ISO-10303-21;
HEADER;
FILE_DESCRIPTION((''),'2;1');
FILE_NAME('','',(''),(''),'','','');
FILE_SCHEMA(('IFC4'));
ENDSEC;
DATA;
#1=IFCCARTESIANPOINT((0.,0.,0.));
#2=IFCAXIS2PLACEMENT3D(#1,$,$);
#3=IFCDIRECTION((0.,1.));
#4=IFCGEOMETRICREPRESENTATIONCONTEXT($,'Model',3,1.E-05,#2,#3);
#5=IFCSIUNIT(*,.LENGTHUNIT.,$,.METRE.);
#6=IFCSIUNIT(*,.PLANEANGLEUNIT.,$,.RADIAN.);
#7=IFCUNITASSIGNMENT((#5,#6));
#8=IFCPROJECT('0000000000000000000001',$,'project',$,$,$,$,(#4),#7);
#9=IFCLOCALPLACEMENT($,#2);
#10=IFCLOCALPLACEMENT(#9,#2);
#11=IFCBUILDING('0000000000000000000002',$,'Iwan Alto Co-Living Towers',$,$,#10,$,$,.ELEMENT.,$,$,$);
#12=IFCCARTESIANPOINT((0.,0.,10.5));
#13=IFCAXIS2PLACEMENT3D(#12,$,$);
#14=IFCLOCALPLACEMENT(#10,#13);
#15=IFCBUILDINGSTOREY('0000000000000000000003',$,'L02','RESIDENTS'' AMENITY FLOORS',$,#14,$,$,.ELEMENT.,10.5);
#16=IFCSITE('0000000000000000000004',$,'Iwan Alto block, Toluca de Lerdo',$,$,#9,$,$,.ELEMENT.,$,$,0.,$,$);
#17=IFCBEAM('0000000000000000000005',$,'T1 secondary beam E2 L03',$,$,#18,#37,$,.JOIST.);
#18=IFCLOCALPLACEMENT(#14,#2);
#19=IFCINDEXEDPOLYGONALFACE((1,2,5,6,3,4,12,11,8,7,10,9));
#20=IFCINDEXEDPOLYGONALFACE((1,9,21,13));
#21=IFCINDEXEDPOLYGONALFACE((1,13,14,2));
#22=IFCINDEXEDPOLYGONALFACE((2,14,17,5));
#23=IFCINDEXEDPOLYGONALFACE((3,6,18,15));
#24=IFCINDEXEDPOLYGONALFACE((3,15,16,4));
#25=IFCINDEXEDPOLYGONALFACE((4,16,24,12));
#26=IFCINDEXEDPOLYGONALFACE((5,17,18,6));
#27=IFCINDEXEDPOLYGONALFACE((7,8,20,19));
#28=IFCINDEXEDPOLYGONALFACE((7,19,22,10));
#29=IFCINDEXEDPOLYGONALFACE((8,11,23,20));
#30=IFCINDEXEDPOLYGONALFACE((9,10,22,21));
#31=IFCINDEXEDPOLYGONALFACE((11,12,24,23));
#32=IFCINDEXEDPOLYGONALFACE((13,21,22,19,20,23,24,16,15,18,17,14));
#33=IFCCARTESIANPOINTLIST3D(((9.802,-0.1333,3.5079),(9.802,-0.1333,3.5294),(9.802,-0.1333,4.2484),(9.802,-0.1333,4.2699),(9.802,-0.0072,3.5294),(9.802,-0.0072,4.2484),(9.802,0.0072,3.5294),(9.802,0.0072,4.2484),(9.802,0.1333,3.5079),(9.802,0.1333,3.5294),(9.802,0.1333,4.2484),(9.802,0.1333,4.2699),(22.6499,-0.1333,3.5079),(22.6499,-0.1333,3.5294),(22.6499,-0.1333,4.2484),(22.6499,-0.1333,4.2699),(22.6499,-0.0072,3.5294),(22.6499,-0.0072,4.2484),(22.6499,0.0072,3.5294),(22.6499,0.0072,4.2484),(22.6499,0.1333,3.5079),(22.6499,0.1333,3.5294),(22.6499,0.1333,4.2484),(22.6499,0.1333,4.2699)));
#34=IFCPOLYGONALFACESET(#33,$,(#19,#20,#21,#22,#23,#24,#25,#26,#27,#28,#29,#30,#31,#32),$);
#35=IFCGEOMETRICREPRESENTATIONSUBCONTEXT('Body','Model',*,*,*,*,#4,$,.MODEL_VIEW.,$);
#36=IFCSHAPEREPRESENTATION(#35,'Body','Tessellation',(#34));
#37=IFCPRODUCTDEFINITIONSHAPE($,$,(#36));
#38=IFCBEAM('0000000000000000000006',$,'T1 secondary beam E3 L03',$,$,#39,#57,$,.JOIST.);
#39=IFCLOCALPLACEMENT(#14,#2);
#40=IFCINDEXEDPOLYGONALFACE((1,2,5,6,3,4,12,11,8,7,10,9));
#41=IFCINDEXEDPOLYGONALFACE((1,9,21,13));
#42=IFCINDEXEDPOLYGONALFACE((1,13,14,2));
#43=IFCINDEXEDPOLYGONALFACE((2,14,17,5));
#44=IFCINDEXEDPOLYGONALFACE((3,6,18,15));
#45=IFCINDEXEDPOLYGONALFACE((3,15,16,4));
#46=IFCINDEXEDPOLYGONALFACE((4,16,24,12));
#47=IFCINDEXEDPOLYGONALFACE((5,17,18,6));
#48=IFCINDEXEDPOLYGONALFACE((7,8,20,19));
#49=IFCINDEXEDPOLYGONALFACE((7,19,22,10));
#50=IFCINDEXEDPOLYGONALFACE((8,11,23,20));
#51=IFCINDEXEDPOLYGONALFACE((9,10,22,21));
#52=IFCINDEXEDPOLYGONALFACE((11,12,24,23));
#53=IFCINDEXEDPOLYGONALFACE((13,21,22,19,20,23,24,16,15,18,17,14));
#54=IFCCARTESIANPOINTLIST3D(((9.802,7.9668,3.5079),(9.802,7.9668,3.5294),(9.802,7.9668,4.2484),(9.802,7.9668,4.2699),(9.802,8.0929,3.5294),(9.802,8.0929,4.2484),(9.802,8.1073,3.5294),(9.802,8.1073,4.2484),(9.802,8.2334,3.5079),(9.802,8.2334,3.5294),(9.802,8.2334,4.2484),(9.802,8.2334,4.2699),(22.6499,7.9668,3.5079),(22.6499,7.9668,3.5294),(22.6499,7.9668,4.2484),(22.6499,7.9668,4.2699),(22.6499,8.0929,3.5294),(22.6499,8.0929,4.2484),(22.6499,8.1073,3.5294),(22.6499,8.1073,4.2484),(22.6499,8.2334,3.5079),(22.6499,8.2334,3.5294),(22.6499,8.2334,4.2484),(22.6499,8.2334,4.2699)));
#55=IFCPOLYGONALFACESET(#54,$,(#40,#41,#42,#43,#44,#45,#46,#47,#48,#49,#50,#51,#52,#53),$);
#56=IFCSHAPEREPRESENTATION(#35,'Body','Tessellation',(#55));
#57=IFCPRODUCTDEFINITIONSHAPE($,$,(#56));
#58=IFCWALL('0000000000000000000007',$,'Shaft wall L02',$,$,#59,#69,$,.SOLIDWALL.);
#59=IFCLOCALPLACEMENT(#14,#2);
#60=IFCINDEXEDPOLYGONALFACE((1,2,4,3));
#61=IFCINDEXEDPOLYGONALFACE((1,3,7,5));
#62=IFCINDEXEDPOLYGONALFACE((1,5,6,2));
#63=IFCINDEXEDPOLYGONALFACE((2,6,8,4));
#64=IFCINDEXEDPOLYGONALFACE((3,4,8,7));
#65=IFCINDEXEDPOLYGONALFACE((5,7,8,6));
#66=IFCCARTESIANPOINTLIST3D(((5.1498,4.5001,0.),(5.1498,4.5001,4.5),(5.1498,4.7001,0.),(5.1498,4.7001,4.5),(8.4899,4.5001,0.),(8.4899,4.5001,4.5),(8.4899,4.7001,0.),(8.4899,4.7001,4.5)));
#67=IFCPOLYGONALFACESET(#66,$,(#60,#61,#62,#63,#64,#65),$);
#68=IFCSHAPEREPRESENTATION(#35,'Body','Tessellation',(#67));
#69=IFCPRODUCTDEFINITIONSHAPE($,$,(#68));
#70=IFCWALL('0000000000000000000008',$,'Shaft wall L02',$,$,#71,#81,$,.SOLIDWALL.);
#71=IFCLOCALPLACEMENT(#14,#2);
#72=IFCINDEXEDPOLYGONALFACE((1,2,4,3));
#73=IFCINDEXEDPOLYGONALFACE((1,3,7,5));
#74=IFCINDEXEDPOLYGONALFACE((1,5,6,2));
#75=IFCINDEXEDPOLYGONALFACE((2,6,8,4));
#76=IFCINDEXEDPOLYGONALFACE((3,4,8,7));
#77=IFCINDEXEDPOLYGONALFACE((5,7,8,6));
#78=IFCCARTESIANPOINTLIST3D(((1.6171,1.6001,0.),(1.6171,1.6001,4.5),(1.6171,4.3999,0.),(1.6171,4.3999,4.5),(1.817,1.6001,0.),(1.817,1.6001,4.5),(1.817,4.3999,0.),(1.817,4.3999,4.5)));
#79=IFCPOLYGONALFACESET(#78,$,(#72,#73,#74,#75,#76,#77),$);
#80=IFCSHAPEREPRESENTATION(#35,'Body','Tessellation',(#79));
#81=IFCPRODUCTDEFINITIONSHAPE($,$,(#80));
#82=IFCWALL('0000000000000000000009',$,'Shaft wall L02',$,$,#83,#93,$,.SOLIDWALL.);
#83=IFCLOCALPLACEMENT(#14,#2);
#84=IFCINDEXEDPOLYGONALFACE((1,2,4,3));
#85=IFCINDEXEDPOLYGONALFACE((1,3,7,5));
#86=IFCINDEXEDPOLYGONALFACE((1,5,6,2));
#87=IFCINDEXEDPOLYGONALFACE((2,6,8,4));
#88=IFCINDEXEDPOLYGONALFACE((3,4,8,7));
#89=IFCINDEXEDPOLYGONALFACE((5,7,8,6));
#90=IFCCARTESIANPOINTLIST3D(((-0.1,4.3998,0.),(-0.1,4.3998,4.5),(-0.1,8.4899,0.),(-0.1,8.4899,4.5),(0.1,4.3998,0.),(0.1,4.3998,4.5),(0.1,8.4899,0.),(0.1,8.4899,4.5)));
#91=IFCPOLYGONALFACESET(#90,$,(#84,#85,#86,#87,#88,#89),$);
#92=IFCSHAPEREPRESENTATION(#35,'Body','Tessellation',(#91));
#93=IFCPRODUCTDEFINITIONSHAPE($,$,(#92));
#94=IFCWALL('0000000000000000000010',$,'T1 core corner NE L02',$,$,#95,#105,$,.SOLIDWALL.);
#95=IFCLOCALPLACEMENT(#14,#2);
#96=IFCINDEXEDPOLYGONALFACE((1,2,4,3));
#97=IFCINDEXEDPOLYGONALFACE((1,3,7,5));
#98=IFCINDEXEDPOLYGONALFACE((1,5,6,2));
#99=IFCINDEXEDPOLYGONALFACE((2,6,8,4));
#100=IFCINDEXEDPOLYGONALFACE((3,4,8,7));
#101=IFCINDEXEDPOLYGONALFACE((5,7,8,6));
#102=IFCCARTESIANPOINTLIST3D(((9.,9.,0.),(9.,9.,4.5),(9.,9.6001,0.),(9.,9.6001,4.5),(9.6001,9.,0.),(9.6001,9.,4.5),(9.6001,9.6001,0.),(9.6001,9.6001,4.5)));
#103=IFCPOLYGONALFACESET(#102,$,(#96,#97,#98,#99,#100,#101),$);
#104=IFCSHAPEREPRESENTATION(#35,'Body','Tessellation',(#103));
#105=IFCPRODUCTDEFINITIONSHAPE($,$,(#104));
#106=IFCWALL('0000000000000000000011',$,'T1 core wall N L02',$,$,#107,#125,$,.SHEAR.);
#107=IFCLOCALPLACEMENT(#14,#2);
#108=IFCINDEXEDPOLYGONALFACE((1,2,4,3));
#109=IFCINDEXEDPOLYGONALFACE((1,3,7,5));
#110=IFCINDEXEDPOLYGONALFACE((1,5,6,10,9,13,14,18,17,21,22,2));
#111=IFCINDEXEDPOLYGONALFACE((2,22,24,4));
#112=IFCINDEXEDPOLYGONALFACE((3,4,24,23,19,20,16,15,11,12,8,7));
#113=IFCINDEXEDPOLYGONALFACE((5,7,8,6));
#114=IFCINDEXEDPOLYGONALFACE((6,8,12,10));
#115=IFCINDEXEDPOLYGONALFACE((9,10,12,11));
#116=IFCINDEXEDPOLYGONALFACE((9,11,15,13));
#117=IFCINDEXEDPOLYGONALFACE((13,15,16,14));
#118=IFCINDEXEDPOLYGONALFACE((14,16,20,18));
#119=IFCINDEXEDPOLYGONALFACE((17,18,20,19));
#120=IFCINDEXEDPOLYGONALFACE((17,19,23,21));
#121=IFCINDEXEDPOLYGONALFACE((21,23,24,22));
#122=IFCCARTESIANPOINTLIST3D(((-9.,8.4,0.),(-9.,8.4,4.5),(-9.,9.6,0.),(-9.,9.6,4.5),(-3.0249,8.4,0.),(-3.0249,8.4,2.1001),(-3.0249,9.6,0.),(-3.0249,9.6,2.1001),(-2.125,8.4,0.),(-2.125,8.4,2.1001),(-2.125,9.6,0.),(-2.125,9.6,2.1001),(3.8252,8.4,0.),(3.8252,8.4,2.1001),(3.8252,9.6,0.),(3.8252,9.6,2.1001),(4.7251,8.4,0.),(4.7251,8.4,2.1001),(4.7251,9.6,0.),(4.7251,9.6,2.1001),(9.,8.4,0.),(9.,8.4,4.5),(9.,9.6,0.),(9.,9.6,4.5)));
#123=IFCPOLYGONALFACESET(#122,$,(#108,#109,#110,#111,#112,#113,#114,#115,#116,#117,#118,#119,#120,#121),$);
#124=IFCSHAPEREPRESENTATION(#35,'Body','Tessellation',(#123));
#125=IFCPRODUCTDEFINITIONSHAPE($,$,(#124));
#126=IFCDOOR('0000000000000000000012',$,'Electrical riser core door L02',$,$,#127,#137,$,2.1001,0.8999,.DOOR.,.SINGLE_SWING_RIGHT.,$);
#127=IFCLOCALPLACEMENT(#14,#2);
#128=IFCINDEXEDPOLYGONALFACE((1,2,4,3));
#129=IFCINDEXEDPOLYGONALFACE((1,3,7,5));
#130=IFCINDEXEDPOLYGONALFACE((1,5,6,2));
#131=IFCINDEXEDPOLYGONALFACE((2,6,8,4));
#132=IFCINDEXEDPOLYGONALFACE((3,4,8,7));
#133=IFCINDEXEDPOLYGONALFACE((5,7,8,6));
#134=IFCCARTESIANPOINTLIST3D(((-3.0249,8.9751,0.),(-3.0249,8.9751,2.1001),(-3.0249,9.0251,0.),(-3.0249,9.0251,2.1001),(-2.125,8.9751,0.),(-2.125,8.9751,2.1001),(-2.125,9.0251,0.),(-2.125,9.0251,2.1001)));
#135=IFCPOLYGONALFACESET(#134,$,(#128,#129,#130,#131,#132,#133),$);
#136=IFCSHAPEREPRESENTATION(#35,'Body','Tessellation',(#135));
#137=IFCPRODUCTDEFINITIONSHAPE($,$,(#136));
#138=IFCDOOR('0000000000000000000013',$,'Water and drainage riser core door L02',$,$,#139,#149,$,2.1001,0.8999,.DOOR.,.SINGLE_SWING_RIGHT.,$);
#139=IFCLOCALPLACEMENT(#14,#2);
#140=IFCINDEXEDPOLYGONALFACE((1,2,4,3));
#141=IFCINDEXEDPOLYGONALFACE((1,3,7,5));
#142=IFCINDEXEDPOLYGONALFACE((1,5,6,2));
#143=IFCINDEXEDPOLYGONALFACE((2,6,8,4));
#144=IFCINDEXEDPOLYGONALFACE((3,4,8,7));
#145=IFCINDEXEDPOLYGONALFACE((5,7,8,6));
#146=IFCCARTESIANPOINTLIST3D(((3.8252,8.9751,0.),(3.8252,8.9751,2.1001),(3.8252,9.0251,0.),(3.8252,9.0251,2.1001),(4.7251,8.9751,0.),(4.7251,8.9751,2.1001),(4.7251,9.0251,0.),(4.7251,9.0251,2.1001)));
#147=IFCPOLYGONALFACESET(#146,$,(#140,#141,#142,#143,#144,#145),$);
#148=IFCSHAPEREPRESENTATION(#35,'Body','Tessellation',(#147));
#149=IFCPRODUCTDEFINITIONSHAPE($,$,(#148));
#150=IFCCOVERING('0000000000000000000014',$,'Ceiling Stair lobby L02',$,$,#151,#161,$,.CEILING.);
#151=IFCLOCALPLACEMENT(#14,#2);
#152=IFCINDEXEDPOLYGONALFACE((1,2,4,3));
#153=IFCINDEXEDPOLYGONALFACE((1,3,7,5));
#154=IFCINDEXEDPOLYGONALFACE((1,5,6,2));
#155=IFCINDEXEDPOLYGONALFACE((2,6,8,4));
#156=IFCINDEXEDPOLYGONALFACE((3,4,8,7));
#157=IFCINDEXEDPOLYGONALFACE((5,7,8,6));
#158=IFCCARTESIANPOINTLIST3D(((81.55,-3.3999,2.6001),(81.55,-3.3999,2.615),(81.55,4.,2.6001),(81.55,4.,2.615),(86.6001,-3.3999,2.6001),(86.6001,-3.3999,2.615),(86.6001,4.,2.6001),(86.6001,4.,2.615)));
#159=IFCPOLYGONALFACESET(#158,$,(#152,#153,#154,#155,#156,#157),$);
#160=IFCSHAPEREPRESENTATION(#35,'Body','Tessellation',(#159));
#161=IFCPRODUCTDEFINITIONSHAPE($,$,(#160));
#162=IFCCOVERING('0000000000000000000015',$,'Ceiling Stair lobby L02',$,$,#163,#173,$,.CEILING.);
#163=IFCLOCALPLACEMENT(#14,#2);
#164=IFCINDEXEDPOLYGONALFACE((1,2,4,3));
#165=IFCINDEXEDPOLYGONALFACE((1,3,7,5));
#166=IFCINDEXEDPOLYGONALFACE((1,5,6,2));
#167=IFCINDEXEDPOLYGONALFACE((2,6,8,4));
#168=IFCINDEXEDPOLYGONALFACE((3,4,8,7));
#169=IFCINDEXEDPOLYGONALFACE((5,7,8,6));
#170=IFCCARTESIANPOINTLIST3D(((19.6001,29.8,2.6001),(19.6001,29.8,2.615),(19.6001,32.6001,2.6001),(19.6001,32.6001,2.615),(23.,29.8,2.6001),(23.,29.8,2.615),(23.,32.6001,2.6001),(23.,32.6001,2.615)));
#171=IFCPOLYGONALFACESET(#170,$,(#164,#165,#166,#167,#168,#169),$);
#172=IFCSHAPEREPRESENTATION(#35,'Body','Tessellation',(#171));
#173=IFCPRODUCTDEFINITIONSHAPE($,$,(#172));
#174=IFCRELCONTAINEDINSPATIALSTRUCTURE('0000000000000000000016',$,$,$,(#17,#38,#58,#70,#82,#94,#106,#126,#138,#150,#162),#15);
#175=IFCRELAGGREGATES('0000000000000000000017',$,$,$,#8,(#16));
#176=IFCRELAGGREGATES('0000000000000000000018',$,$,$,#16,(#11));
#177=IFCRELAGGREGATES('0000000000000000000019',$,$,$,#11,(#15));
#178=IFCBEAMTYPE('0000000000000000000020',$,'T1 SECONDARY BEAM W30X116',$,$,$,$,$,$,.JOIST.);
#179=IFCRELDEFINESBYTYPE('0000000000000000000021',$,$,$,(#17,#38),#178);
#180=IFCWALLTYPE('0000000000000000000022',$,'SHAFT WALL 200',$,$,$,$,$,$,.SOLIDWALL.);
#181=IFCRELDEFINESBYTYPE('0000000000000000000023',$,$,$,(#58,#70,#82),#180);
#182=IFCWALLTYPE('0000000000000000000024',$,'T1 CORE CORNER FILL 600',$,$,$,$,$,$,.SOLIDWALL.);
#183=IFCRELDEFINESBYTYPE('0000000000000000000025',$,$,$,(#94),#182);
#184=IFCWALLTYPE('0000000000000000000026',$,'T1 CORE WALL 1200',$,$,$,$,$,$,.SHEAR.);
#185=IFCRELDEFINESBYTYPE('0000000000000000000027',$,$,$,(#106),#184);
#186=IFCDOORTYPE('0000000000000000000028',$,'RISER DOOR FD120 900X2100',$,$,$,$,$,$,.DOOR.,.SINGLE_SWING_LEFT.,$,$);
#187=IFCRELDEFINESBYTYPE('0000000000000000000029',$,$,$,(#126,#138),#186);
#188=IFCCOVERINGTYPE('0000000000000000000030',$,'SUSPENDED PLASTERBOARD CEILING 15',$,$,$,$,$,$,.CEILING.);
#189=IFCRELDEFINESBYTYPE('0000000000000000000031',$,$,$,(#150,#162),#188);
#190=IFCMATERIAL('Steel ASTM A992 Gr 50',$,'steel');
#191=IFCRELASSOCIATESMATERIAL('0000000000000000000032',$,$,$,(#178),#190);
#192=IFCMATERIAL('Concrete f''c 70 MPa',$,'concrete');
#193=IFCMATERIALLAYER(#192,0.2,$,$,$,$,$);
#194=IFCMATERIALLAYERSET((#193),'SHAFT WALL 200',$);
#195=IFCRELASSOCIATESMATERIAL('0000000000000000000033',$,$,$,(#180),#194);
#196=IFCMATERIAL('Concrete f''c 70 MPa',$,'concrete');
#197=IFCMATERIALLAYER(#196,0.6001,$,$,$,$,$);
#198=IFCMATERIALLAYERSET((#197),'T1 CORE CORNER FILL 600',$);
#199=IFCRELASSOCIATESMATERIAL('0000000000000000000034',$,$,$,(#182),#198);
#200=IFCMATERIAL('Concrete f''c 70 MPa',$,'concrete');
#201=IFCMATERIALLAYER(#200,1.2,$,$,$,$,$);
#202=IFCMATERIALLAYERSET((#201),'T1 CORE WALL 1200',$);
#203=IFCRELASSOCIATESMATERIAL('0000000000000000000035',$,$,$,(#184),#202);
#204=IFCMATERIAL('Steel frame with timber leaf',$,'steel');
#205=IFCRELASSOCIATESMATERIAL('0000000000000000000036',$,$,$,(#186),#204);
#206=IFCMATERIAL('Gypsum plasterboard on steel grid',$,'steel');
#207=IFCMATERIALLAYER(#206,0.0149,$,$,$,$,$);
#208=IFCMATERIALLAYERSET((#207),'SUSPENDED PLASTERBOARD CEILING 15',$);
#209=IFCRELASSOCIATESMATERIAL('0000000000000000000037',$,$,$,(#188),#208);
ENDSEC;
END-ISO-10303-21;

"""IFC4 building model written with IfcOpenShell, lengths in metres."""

from ifc_helpers import new_model, si_unit, direction, frame, frame_2d, origin, origin_2d, place, context, subcontext, project, spatial, polyline, rectangle, i_section, outline, extrude, material, layer, layer_set, material_profile, profile_set, type_object, element, fill, save


model = new_model("IFC4")

# Units and contexts
model_context = context("Model", 3, precision=1e-05, world=origin(), true_north=direction((0.0, 1.0)))
body_context = subcontext(model_context, "Body", "Model", "MODEL_VIEW")
ifc_project = project(units=[si_unit("LENGTHUNIT", "METRE"), si_unit("PLANEANGLEUNIT", "RADIAN")], contexts=[model_context])

# Site, building, storey
site_placement = place(None, origin())
site = spatial("IfcSite", under=ifc_project, at=site_placement, Name="Iwan Alto block, Toluca de Lerdo", CompositionType="ELEMENT", RefElevation=0.0)
building_placement = place(site_placement, origin())
building = spatial("IfcBuilding", under=site, at=building_placement, Name="Iwan Alto Co-Living Towers", CompositionType="ELEMENT")
storey_placement = place(building_placement, frame((0.0, 0.0, 10.5)))
storey = spatial("IfcBuildingStorey", under=building, at=storey_placement, Name="L02", Description="RESIDENTS' AMENITY FLOORS", CompositionType="ELEMENT", Elevation=10.5)

# Beams
ifc_material_1 = material(Name="Steel ASTM A992 Gr 50", Category="steel")
ifc_material_profile_1 = material_profile(ifc_material_1, i_section(OverallWidth=0.2666, OverallDepth=0.762, WebThickness=0.0144, FlangeThickness=0.0215, at=origin_2d()), Name="W30X116")
ifc_profile_set_1 = profile_set([ifc_material_profile_1], Name="Steel ASTM A992 Gr 50")
beam_type_1 = type_object("IfcBeamType", Name="T1 SECONDARY BEAM W30X116", PredefinedType="JOIST", material=ifc_profile_set_1)
for number, where, z_axis, x_axis, name in (
    (1, (22.6499, 0.0, 3.8889), (-1.0, 0.0, 0.0), (0.0, -1.0, 0.0), "T1 secondary beam E2 L03"),
    (2, (22.6499, 8.1001, 3.8889), (-1.0, 0.0, 0.0), (0.0, -1.0, 0.0), "T1 secondary beam E3 L03"),
):
    element("IfcBeam", number, at=place(storey_placement, frame(where, z_axis=z_axis, x_axis=x_axis)), inside=storey, type_object=beam_type_1, Name=name, PredefinedType="JOIST", context=body_context, shape_type="SweptSolid", body=[
        extrude(i_section(OverallWidth=0.2666, OverallDepth=0.762, WebThickness=0.0144, FlangeThickness=0.0215, at=origin_2d()), origin(), (0.0, 0.0, 1.0), 12.8479),
    ])

# Walls
ifc_material_2 = material(Name="Concrete f'c 70 MPa", Category="concrete")
ifc_layer_1 = layer(ifc_material_2, 0.2)
ifc_layer_set_1 = layer_set([ifc_layer_1], Name="SHAFT WALL 200")
wall_type_1 = type_object("IfcWallType", Name="SHAFT WALL 200", PredefinedType="SOLIDWALL", material=ifc_layer_set_1)
wall_1_placement = place(storey_placement, frame((5.1499, 4.6001, 0.0), z_axis=(0.0, 0.0, 1.0), x_axis=(1.0, 0.0, 0.0)))
element("IfcWall", 3, at=wall_1_placement, inside=storey, type_object=wall_type_1, Name="Shaft wall L02", PredefinedType="SOLIDWALL", context=body_context, shape_type="SweptSolid", body=[
    extrude(rectangle(XDim=3.3401, YDim=0.2, at=frame_2d((1.6699, 0.0))), origin(), (0.0, 0.0, 1.0), 4.5),
])
wall_2_placement = place(storey_placement, frame((1.717, 1.6001, 0.0), z_axis=(0.0, 0.0, 1.0), x_axis=(0.0, 1.0, 0.0)))
element("IfcWall", 4, at=wall_2_placement, inside=storey, type_object=wall_type_1, Name="Shaft wall L02", PredefinedType="SOLIDWALL", context=body_context, shape_type="SweptSolid", body=[
    extrude(rectangle(XDim=2.7998, YDim=0.2, at=frame_2d((1.3999, 0.0))), origin(), (0.0, 0.0, 1.0), 4.5),
])
wall_3_placement = place(storey_placement, frame((0.0, 4.3999, 0.0), z_axis=(0.0, 0.0, 1.0), x_axis=(0.0, 1.0, 0.0)))
element("IfcWall", 5, at=wall_3_placement, inside=storey, type_object=wall_type_1, Name="Shaft wall L02", PredefinedType="SOLIDWALL", context=body_context, shape_type="SweptSolid", body=[
    extrude(rectangle(XDim=4.0901, YDim=0.2, at=frame_2d((2.0449, 0.0))), origin(), (0.0, 0.0, 1.0), 4.5),
])
ifc_material_3 = material(Name="Concrete f'c 70 MPa", Category="concrete")
ifc_layer_2 = layer(ifc_material_3, 0.6001)
ifc_layer_set_2 = layer_set([ifc_layer_2], Name="T1 CORE CORNER FILL 600")
wall_type_2 = type_object("IfcWallType", Name="T1 CORE CORNER FILL 600", PredefinedType="SOLIDWALL", material=ifc_layer_set_2)
wall_4_placement = place(storey_placement, frame((9.0, 9.3, 0.0), z_axis=(0.0, 0.0, 1.0), x_axis=(1.0, 0.0, 0.0)))
element("IfcWall", 6, at=wall_4_placement, inside=storey, type_object=wall_type_2, Name="T1 core corner NE L02", PredefinedType="SOLIDWALL", context=body_context, shape_type="SweptSolid", body=[
    extrude(rectangle(XDim=0.6001, YDim=0.6001, at=frame_2d((0.3, 0.0))), origin(), (0.0, 0.0, 1.0), 4.5),
])

# Wall, openings, doors
ifc_material_4 = material(Name="Concrete f'c 70 MPa", Category="concrete")
ifc_layer_3 = layer(ifc_material_4, 1.2)
ifc_layer_set_3 = layer_set([ifc_layer_3], Name="T1 CORE WALL 1200")
wall_type_3 = type_object("IfcWallType", Name="T1 CORE WALL 1200", PredefinedType="SHEAR", material=ifc_layer_set_3)
wall_5_placement = place(storey_placement, frame((9.0, 9.0, 0.0), z_axis=(0.0, 0.0, 1.0), x_axis=(-1.0, 0.0, 0.0)))
wall_5 = element("IfcWall", 7, at=wall_5_placement, inside=storey, type_object=wall_type_3, Name="T1 core wall N L02", PredefinedType="SHEAR", context=body_context, shape_type="SweptSolid", body=[
    extrude(rectangle(XDim=18.0, YDim=1.2, at=frame_2d((9.0, 0.0))), origin(), (0.0, 0.0, 1.0), 4.5),
])
opening_1_placement = place(wall_5_placement, frame((11.125, 0.0, 0.0)))
opening_1 = element("IfcOpeningElement", 8, at=opening_1_placement, cuts=wall_5, PredefinedType="OPENING", context=body_context, shape_type="SweptSolid", body=[
    extrude(rectangle(XDim=0.8999, YDim=2.1001, at=frame_2d((0.45, 1.05))), frame((0.0, 0.6099, 0.0), z_axis=(0.0, -1.0, 0.0), x_axis=(1.0, 0.0, 0.0)), (0.0, 0.0, 1.0), 1.22),
])
opening_2_placement = place(wall_5_placement, frame((4.2749, 0.0, 0.0)))
opening_2 = element("IfcOpeningElement", 9, at=opening_2_placement, cuts=wall_5, PredefinedType="OPENING", context=body_context, shape_type="SweptSolid", body=[
    extrude(rectangle(XDim=0.8999, YDim=2.1001, at=frame_2d((0.45, 1.05))), frame((0.0, 0.6099, 0.0), z_axis=(0.0, -1.0, 0.0), x_axis=(1.0, 0.0, 0.0)), (0.0, 0.0, 1.0), 1.22),
])
ifc_material_5 = material(Name="Steel frame with timber leaf", Category="steel")
door_type = type_object("IfcDoorType", Name="RISER DOOR FD120 900X2100", OperationType="SINGLE_SWING_LEFT", PredefinedType="DOOR", material=ifc_material_5)
door_1_placement = place(opening_1_placement, origin())
door_1 = element("IfcDoor", 10, at=door_1_placement, inside=storey, type_object=door_type, Name="Electrical riser core door L02", OperationType="SINGLE_SWING_RIGHT", OverallHeight=2.1001, OverallWidth=0.8999, PredefinedType="DOOR", context=body_context, shape_type="SweptSolid", body=[
    extrude(rectangle(XDim=0.8999, YDim=2.1001, at=frame_2d((0.45, 1.05))), frame((0.0, 0.0249, 0.0), z_axis=(0.0, -1.0, 0.0), x_axis=(1.0, 0.0, 0.0)), (0.0, 0.0, 1.0), 0.05),
])
fill(opening_1, door_1)
door_2_placement = place(opening_2_placement, origin())
door_2 = element("IfcDoor", 11, at=door_2_placement, inside=storey, type_object=door_type, Name="Water and drainage riser core door L02", OperationType="SINGLE_SWING_RIGHT", OverallHeight=2.1001, OverallWidth=0.8999, PredefinedType="DOOR", context=body_context, shape_type="SweptSolid", body=[
    extrude(rectangle(XDim=0.8999, YDim=2.1001, at=frame_2d((0.45, 1.05))), frame((0.0, 0.0249, 0.0), z_axis=(0.0, -1.0, 0.0), x_axis=(1.0, 0.0, 0.0)), (0.0, 0.0, 1.0), 0.05),
])
fill(opening_2, door_2)

# Coverings
ifc_material_6 = material(Name="Gypsum plasterboard on steel grid", Category="steel")
ifc_layer_4 = layer(ifc_material_6, 0.0149)
ifc_layer_set_4 = layer_set([ifc_layer_4], Name="SUSPENDED PLASTERBOARD CEILING 15")
covering_type_1 = type_object("IfcCoveringType", Name="SUSPENDED PLASTERBOARD CEILING 15", PredefinedType="CEILING", material=ifc_layer_set_4)
covering_1_placement = place(storey_placement, frame((0.0, 0.0, 2.6001)))
element("IfcCovering", 12, at=covering_1_placement, inside=storey, type_object=covering_type_1, Name="Ceiling Stair lobby L02", PredefinedType="CEILING", context=body_context, shape_type="SweptSolid", body=[
    extrude(outline(polyline([(86.6001, 4.0), (86.6001, -3.3999), (81.55, -3.3999), (81.55, 4.0), (86.6001, 4.0)])), origin(), (0.0, 0.0, 1.0), 0.0149),
])
covering_2_placement = place(storey_placement, frame((0.0, 0.0, 2.6001)))
element("IfcCovering", 13, at=covering_2_placement, inside=storey, type_object=covering_type_1, Name="Ceiling Stair lobby L02", PredefinedType="CEILING", context=body_context, shape_type="SweptSolid", body=[
    extrude(outline(polyline([(19.6001, 29.8), (19.6001, 32.6001), (23.0, 32.6001), (23.0, 29.8), (19.6001, 29.8)])), origin(), (0.0, 0.0, 1.0), 0.0149),
])

save(model, "model.ifc")
